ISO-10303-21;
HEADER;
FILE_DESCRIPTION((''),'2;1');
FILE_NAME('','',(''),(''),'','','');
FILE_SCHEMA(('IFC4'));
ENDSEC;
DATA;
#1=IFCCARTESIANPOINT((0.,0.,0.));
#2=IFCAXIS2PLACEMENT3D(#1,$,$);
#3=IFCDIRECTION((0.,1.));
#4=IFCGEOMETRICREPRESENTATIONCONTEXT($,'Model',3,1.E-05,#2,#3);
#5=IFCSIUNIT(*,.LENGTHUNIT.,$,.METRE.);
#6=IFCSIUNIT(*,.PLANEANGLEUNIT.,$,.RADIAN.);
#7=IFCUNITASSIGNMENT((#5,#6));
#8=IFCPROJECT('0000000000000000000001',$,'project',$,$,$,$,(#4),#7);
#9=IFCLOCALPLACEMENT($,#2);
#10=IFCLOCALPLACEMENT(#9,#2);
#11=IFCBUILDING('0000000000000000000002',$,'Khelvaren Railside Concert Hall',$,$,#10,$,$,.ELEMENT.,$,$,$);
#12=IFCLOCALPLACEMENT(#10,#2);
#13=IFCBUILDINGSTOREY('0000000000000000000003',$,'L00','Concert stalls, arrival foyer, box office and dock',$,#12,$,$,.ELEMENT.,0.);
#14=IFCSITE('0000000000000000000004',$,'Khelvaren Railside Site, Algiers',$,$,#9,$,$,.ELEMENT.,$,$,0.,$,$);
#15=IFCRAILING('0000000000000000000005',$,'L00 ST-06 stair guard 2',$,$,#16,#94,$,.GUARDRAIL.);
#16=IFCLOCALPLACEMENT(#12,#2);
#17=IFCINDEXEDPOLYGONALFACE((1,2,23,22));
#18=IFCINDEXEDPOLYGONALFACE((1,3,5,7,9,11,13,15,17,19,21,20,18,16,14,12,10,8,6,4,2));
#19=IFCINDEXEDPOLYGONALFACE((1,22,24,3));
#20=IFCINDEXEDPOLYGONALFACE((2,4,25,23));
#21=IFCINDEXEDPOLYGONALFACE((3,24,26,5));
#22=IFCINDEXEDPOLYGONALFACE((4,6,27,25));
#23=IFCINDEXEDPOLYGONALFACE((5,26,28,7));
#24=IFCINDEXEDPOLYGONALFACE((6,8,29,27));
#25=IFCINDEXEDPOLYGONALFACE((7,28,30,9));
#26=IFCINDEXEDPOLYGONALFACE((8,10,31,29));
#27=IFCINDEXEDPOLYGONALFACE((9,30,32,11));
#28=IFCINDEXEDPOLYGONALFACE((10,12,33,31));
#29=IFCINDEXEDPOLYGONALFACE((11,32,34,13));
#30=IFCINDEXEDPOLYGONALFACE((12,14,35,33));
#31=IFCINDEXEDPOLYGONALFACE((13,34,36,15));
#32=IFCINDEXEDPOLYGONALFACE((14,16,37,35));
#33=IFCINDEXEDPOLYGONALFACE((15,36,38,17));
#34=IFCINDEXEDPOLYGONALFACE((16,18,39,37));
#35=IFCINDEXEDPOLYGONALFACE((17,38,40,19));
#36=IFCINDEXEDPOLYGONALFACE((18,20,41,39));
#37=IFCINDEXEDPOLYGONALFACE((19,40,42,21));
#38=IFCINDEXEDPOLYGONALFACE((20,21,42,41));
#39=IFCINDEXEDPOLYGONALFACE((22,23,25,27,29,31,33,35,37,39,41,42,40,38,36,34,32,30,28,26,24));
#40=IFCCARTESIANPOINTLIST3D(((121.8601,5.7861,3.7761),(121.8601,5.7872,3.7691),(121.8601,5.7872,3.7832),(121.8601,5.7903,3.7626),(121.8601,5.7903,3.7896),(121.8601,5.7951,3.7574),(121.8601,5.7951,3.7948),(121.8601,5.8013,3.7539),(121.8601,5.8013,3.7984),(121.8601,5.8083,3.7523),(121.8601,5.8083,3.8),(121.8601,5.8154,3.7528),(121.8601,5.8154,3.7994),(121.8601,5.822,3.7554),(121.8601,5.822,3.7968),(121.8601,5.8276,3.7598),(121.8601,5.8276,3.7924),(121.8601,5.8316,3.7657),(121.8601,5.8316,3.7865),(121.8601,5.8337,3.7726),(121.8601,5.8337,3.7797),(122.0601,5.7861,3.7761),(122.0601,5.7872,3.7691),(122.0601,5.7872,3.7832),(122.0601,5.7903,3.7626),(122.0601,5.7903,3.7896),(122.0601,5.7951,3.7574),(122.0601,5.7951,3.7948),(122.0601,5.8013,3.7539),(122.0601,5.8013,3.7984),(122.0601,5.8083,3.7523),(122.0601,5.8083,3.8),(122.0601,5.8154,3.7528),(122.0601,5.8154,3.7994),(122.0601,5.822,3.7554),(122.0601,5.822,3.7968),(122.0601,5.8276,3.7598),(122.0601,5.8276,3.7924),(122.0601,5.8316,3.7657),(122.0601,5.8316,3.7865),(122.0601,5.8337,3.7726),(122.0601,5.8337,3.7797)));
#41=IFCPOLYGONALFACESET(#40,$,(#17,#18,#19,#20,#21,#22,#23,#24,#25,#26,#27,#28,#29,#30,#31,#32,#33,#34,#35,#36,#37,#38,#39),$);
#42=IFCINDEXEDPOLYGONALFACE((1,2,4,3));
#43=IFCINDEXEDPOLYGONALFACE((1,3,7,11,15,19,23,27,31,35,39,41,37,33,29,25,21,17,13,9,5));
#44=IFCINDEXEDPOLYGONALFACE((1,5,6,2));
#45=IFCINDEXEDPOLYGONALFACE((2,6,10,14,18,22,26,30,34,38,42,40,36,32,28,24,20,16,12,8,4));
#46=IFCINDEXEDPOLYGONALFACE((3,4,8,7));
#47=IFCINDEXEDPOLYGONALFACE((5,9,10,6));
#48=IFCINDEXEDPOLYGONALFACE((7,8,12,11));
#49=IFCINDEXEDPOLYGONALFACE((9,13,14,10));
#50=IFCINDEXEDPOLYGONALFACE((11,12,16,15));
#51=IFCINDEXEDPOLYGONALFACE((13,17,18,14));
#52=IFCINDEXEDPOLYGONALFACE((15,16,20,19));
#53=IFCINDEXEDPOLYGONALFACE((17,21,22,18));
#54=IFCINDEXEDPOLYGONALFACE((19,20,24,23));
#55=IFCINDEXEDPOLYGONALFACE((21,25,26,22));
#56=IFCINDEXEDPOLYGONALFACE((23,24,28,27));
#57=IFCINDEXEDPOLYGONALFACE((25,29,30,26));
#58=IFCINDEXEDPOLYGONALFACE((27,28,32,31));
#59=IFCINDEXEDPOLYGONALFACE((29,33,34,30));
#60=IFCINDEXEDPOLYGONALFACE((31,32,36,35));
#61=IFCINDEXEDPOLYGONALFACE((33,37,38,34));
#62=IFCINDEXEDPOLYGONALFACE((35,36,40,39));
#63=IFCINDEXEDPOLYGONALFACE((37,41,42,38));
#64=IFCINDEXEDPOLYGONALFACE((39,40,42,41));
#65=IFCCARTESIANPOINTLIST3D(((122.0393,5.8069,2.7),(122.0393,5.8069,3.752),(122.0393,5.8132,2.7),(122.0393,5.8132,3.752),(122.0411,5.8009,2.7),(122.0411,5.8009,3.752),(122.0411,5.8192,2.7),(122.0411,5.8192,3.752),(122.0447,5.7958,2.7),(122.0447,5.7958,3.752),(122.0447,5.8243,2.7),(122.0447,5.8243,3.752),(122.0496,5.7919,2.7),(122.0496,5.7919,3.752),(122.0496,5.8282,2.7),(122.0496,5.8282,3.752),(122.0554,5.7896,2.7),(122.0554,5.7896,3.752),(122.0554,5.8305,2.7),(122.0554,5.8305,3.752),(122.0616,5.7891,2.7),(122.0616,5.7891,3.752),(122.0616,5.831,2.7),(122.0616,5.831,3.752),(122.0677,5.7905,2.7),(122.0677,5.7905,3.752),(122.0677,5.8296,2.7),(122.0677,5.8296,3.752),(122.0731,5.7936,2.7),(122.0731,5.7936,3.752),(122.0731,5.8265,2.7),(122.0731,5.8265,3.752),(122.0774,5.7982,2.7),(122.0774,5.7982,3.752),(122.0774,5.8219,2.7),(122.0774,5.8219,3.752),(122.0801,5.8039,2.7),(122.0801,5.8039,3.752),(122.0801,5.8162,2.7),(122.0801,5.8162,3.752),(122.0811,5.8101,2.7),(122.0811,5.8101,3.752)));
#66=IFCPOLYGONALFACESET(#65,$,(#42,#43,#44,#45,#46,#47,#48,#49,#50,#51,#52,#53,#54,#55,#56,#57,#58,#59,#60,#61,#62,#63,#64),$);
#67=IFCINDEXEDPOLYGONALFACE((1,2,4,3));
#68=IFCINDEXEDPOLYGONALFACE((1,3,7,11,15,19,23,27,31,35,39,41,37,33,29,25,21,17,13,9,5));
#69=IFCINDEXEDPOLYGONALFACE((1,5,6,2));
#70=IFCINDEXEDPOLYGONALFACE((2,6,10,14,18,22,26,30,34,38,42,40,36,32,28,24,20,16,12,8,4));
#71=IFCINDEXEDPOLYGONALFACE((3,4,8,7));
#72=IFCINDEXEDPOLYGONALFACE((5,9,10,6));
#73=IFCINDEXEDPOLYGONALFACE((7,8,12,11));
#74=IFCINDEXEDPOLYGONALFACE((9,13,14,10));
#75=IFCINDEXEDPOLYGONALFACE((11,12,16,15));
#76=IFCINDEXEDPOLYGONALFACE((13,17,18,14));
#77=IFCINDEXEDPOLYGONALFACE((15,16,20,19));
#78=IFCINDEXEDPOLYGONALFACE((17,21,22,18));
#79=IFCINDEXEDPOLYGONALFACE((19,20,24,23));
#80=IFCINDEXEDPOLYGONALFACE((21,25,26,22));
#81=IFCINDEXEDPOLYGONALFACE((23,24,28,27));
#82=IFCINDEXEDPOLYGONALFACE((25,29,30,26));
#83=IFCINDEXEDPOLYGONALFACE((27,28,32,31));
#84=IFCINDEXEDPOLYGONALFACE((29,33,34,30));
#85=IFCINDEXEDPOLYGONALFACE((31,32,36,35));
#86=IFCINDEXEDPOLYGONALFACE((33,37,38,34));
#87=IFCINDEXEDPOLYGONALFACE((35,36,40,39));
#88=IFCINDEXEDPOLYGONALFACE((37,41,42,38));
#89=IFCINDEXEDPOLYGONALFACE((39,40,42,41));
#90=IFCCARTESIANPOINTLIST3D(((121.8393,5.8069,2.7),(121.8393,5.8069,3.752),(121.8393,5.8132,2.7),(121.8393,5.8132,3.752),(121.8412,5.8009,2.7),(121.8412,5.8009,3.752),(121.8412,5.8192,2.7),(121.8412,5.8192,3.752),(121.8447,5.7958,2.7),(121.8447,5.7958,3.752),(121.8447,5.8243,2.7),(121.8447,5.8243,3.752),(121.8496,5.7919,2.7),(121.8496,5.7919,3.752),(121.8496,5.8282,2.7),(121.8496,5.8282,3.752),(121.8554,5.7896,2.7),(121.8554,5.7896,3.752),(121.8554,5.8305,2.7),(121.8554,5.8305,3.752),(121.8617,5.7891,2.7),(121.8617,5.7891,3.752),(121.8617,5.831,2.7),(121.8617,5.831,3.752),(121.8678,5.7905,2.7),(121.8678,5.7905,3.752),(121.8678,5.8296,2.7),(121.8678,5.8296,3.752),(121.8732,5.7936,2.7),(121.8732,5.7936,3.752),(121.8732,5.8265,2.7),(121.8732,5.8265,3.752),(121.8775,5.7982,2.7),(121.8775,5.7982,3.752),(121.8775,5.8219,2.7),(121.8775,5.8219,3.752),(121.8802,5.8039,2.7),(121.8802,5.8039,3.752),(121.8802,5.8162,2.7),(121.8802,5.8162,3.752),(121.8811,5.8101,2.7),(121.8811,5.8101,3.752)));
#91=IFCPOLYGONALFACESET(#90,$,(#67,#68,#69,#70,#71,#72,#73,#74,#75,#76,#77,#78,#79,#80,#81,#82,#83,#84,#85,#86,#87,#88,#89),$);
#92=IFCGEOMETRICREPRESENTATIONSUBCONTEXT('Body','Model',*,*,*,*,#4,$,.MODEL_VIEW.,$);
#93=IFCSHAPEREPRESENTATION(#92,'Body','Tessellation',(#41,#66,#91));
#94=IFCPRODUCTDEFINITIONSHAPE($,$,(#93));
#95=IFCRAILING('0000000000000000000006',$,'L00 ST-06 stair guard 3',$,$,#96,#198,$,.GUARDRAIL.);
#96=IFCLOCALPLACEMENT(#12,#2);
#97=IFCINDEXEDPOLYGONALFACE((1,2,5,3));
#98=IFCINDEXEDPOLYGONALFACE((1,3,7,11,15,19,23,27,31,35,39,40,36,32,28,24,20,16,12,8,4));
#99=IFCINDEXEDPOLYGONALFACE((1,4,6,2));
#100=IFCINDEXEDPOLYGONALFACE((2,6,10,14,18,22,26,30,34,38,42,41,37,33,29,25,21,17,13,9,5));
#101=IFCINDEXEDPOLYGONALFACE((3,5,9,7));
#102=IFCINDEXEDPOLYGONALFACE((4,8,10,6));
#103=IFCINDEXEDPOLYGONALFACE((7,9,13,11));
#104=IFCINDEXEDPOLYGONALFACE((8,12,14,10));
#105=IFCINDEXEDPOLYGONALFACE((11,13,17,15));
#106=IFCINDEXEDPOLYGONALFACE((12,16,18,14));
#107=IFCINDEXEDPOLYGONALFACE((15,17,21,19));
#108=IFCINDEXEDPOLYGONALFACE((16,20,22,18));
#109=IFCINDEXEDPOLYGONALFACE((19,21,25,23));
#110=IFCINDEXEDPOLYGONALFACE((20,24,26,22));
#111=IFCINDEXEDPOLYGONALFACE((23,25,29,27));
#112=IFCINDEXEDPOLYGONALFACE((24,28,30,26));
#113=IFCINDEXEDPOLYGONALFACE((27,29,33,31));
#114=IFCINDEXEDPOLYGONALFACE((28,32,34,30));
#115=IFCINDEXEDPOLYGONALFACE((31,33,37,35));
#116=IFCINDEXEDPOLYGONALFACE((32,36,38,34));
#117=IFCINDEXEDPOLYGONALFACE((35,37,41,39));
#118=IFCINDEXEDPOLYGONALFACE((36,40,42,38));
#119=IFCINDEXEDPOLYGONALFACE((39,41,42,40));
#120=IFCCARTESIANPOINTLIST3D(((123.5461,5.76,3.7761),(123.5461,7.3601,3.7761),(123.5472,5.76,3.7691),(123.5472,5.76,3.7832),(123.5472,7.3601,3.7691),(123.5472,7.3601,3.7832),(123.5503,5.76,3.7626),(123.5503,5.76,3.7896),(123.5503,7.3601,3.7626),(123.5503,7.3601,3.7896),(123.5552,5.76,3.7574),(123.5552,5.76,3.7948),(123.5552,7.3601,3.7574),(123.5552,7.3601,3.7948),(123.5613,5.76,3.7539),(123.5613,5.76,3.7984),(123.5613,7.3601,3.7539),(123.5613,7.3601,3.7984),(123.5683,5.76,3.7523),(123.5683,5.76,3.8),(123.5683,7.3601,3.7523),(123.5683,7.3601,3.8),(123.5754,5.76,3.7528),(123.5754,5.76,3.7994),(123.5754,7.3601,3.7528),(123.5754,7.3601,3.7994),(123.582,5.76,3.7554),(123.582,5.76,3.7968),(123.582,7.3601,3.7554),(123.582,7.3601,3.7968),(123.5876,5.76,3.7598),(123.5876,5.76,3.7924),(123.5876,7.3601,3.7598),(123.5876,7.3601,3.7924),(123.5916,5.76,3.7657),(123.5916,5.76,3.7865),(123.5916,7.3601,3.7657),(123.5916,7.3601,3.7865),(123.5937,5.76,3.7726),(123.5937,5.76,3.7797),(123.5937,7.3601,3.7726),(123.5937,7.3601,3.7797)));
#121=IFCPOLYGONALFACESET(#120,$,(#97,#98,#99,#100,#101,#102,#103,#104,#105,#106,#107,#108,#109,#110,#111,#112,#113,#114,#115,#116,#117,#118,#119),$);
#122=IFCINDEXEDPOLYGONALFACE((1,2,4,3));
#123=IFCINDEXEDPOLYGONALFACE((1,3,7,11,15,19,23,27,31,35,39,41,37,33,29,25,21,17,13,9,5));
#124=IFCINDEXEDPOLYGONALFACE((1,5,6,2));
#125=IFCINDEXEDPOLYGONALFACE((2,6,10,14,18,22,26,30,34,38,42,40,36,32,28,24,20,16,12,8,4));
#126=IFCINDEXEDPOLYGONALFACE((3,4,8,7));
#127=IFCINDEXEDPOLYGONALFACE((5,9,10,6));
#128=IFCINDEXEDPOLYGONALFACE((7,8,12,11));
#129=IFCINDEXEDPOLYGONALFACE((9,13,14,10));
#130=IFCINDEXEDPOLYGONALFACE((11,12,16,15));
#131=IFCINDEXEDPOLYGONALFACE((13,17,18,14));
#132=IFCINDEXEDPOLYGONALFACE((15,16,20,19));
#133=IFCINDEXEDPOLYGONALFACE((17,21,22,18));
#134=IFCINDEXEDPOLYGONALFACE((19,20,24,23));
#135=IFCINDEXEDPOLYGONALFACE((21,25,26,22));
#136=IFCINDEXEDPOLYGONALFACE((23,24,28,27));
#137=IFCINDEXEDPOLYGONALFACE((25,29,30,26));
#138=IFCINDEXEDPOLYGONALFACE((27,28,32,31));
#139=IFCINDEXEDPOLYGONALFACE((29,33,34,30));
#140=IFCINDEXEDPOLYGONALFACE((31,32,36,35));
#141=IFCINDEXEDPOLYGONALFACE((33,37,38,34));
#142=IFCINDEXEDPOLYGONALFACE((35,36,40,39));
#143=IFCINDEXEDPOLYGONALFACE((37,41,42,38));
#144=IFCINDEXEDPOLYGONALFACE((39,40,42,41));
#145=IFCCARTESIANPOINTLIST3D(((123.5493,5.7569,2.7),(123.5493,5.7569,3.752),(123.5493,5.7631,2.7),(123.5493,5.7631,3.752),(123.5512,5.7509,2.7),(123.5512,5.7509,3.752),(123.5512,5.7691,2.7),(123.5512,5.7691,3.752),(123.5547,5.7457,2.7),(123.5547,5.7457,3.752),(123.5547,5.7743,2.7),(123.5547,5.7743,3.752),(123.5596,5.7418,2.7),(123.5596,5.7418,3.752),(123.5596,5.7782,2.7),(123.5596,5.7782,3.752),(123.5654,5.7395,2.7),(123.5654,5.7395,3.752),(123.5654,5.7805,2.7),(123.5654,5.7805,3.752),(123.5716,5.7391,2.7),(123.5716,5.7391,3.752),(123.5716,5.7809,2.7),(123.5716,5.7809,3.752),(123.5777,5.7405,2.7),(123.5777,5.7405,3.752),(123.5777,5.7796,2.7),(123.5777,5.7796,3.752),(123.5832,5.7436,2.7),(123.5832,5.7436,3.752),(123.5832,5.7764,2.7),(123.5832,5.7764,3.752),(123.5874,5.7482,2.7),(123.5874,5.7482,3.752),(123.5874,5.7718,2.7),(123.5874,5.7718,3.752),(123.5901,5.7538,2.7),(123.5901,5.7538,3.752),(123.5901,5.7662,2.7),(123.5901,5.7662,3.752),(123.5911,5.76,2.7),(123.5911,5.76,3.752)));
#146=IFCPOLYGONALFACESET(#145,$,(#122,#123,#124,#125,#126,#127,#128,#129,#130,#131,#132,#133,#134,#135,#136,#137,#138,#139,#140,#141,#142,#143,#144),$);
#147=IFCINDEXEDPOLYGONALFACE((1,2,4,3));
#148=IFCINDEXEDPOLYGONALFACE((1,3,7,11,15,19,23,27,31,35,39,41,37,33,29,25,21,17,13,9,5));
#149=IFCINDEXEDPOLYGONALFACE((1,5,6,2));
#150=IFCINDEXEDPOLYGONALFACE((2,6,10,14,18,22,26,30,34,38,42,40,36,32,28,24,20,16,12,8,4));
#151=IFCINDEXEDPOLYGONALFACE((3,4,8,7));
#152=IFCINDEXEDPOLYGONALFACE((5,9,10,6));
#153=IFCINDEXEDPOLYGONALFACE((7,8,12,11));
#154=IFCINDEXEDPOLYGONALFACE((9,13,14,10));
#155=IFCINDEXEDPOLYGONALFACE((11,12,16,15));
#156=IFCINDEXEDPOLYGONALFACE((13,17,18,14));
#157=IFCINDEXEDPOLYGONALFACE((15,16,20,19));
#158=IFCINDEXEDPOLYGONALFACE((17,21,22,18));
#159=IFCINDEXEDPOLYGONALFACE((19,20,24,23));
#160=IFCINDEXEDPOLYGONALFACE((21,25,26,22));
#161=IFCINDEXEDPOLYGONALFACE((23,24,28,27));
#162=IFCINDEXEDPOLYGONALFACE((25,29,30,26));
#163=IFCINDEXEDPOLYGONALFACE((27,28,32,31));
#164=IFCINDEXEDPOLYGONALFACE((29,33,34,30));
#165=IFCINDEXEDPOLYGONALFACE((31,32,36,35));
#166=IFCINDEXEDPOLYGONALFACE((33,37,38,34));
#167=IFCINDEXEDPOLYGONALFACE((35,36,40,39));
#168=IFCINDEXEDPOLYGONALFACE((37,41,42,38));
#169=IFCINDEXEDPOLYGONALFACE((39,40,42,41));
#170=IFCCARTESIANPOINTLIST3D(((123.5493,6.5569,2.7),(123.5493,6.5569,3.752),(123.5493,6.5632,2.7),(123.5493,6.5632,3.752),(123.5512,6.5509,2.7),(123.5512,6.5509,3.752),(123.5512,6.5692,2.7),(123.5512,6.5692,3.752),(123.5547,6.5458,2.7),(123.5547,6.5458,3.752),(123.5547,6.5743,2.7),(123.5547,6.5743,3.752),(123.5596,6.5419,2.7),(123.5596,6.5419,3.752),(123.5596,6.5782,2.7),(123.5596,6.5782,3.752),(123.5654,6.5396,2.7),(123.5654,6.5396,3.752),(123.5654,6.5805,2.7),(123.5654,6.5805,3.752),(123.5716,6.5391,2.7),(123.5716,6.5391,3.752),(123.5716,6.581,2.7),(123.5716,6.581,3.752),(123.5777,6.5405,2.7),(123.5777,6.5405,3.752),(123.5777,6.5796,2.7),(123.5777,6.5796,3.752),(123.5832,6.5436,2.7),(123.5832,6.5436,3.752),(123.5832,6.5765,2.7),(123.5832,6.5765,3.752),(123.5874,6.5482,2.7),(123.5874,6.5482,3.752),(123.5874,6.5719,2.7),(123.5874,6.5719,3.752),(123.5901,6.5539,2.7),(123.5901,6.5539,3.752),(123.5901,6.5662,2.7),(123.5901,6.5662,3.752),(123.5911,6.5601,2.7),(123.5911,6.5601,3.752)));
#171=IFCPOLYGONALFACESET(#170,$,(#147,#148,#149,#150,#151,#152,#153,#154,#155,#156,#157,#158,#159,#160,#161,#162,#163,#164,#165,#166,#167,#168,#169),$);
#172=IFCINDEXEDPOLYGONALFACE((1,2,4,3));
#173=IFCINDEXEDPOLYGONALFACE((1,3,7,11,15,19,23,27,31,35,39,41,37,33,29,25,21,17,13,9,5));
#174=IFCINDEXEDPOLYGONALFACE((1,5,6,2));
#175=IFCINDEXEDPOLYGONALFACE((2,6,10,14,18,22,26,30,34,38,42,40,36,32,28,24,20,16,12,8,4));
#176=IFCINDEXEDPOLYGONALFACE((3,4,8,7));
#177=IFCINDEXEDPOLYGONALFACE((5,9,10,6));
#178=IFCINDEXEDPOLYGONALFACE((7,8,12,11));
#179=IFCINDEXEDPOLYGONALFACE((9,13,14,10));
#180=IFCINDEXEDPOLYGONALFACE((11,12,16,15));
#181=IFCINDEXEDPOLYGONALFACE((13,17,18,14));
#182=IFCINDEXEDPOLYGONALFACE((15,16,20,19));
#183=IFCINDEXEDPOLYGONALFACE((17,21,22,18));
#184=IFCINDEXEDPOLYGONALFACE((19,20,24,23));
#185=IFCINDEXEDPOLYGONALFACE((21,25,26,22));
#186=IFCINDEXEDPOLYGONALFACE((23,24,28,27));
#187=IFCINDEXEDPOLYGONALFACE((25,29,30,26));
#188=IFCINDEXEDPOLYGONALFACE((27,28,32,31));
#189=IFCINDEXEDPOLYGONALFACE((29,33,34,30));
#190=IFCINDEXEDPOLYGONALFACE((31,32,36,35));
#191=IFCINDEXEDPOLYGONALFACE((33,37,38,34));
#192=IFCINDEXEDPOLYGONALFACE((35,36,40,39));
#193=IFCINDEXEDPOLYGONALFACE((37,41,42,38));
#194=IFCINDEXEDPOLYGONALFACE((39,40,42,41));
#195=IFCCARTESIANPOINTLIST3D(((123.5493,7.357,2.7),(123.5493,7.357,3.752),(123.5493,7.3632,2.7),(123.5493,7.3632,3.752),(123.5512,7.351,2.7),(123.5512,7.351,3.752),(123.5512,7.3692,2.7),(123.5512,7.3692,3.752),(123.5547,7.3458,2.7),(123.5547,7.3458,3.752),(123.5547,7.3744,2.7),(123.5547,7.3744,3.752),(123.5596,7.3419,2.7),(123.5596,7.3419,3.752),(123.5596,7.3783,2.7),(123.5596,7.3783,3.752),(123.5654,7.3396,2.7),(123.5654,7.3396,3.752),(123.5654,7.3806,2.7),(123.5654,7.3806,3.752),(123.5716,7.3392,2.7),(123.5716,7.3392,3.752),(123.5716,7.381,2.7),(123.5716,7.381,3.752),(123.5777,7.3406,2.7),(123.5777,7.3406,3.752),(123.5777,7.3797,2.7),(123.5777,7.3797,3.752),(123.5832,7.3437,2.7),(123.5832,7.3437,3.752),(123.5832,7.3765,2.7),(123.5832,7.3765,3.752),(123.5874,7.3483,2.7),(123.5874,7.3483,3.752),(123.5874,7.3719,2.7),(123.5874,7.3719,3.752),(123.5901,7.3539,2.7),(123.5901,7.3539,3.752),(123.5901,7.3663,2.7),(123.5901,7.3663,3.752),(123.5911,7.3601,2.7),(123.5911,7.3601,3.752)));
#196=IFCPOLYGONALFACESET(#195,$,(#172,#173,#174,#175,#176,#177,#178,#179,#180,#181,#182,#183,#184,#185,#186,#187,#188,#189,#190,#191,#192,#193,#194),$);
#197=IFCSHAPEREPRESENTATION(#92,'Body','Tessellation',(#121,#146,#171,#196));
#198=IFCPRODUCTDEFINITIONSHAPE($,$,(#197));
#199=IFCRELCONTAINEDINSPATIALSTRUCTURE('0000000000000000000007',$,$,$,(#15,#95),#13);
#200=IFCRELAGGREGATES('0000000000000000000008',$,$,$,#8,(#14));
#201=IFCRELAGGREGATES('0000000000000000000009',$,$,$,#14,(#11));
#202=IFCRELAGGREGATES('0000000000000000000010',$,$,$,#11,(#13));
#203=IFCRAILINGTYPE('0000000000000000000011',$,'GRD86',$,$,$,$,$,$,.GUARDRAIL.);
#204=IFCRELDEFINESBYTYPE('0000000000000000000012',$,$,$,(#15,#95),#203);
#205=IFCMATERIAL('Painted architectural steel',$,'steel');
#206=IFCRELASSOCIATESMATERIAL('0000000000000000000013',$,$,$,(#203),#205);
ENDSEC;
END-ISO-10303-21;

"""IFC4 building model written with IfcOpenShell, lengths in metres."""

from ifc_helpers import new_model, si_unit, direction, frame, origin, origin_2d, place, context, subcontext, project, spatial, circle, extrude, material, type_object, element, save


model = new_model("IFC4")

# Units and contexts
model_context = context("Model", 3, precision=1e-05, world=origin(), true_north=direction((0.0, 1.0)))
body_context = subcontext(model_context, "Body", "Model", "MODEL_VIEW")
ifc_project = project(units=[si_unit("LENGTHUNIT", "METRE"), si_unit("PLANEANGLEUNIT", "RADIAN")], contexts=[model_context])

# Site, building, storey
site_placement = place(None, origin())
site = spatial("IfcSite", under=ifc_project, at=site_placement, Name="Khelvaren Railside Site, Algiers", CompositionType="ELEMENT", RefElevation=0.0)
building_placement = place(site_placement, origin())
building = spatial("IfcBuilding", under=site, at=building_placement, Name="Khelvaren Railside Concert Hall", CompositionType="ELEMENT")
storey_placement = place(building_placement, origin())
storey = spatial("IfcBuildingStorey", under=building, at=storey_placement, Name="L00", Description="Concert stalls, arrival foyer, box office and dock", CompositionType="ELEMENT", Elevation=0.0)

# Railings
ifc_material_1 = material(Name="Painted architectural steel", Category="steel")
railing_type_1 = type_object("IfcRailingType", Name="GRD86", PredefinedType="GUARDRAIL", material=ifc_material_1)
railing_1_placement = place(storey_placement, frame((122.0601, 5.8101, 2.7)))
element("IfcRailing", 1, at=railing_1_placement, inside=storey, type_object=railing_type_1, Name="L00 ST-06 stair guard 2", PredefinedType="GUARDRAIL", context=body_context, shape_type="SweptSolid", body=[
    extrude(circle(Radius=0.0239, at=origin_2d()), frame((0.0, 0.0, 1.0762), z_axis=(-1.0, 0.0, 0.0), x_axis=(0.0, -1.0, 0.0)), (0.0, 0.0, 1.0), 0.2),
    extrude(circle(Radius=0.021, at=origin_2d()), origin(), (0.0, 0.0, 1.0), 1.052),
    extrude(circle(Radius=0.021, at=origin_2d()), frame((-0.2, 0.0, 0.0)), (0.0, 0.0, 1.0), 1.052),
])
for number, where, name in (
    (2, (123.5701, 5.76, 2.7), "L00 ST-06 stair guard 3"),
):
    element("IfcRailing", number, at=place(storey_placement, frame(where)), inside=storey, type_object=railing_type_1, Name=name, PredefinedType="GUARDRAIL", context=body_context, shape_type="SweptSolid", body=[
        extrude(circle(Radius=0.0239, at=origin_2d()), frame((0.0, 0.0, 1.0762), z_axis=(0.0, 1.0, 0.0), x_axis=(-1.0, 0.0, 0.0)), (0.0, 0.0, 1.0), 1.6001),
        extrude(circle(Radius=0.021, at=origin_2d()), origin(), (0.0, 0.0, 1.0), 1.052),
        extrude(circle(Radius=0.021, at=origin_2d()), frame((0.0, 0.8, 0.0)), (0.0, 0.0, 1.0), 1.052),
        extrude(circle(Radius=0.021, at=origin_2d()), frame((0.0, 1.6001, 0.0)), (0.0, 0.0, 1.0), 1.052),
    ])

save(model, "model.ifc")
